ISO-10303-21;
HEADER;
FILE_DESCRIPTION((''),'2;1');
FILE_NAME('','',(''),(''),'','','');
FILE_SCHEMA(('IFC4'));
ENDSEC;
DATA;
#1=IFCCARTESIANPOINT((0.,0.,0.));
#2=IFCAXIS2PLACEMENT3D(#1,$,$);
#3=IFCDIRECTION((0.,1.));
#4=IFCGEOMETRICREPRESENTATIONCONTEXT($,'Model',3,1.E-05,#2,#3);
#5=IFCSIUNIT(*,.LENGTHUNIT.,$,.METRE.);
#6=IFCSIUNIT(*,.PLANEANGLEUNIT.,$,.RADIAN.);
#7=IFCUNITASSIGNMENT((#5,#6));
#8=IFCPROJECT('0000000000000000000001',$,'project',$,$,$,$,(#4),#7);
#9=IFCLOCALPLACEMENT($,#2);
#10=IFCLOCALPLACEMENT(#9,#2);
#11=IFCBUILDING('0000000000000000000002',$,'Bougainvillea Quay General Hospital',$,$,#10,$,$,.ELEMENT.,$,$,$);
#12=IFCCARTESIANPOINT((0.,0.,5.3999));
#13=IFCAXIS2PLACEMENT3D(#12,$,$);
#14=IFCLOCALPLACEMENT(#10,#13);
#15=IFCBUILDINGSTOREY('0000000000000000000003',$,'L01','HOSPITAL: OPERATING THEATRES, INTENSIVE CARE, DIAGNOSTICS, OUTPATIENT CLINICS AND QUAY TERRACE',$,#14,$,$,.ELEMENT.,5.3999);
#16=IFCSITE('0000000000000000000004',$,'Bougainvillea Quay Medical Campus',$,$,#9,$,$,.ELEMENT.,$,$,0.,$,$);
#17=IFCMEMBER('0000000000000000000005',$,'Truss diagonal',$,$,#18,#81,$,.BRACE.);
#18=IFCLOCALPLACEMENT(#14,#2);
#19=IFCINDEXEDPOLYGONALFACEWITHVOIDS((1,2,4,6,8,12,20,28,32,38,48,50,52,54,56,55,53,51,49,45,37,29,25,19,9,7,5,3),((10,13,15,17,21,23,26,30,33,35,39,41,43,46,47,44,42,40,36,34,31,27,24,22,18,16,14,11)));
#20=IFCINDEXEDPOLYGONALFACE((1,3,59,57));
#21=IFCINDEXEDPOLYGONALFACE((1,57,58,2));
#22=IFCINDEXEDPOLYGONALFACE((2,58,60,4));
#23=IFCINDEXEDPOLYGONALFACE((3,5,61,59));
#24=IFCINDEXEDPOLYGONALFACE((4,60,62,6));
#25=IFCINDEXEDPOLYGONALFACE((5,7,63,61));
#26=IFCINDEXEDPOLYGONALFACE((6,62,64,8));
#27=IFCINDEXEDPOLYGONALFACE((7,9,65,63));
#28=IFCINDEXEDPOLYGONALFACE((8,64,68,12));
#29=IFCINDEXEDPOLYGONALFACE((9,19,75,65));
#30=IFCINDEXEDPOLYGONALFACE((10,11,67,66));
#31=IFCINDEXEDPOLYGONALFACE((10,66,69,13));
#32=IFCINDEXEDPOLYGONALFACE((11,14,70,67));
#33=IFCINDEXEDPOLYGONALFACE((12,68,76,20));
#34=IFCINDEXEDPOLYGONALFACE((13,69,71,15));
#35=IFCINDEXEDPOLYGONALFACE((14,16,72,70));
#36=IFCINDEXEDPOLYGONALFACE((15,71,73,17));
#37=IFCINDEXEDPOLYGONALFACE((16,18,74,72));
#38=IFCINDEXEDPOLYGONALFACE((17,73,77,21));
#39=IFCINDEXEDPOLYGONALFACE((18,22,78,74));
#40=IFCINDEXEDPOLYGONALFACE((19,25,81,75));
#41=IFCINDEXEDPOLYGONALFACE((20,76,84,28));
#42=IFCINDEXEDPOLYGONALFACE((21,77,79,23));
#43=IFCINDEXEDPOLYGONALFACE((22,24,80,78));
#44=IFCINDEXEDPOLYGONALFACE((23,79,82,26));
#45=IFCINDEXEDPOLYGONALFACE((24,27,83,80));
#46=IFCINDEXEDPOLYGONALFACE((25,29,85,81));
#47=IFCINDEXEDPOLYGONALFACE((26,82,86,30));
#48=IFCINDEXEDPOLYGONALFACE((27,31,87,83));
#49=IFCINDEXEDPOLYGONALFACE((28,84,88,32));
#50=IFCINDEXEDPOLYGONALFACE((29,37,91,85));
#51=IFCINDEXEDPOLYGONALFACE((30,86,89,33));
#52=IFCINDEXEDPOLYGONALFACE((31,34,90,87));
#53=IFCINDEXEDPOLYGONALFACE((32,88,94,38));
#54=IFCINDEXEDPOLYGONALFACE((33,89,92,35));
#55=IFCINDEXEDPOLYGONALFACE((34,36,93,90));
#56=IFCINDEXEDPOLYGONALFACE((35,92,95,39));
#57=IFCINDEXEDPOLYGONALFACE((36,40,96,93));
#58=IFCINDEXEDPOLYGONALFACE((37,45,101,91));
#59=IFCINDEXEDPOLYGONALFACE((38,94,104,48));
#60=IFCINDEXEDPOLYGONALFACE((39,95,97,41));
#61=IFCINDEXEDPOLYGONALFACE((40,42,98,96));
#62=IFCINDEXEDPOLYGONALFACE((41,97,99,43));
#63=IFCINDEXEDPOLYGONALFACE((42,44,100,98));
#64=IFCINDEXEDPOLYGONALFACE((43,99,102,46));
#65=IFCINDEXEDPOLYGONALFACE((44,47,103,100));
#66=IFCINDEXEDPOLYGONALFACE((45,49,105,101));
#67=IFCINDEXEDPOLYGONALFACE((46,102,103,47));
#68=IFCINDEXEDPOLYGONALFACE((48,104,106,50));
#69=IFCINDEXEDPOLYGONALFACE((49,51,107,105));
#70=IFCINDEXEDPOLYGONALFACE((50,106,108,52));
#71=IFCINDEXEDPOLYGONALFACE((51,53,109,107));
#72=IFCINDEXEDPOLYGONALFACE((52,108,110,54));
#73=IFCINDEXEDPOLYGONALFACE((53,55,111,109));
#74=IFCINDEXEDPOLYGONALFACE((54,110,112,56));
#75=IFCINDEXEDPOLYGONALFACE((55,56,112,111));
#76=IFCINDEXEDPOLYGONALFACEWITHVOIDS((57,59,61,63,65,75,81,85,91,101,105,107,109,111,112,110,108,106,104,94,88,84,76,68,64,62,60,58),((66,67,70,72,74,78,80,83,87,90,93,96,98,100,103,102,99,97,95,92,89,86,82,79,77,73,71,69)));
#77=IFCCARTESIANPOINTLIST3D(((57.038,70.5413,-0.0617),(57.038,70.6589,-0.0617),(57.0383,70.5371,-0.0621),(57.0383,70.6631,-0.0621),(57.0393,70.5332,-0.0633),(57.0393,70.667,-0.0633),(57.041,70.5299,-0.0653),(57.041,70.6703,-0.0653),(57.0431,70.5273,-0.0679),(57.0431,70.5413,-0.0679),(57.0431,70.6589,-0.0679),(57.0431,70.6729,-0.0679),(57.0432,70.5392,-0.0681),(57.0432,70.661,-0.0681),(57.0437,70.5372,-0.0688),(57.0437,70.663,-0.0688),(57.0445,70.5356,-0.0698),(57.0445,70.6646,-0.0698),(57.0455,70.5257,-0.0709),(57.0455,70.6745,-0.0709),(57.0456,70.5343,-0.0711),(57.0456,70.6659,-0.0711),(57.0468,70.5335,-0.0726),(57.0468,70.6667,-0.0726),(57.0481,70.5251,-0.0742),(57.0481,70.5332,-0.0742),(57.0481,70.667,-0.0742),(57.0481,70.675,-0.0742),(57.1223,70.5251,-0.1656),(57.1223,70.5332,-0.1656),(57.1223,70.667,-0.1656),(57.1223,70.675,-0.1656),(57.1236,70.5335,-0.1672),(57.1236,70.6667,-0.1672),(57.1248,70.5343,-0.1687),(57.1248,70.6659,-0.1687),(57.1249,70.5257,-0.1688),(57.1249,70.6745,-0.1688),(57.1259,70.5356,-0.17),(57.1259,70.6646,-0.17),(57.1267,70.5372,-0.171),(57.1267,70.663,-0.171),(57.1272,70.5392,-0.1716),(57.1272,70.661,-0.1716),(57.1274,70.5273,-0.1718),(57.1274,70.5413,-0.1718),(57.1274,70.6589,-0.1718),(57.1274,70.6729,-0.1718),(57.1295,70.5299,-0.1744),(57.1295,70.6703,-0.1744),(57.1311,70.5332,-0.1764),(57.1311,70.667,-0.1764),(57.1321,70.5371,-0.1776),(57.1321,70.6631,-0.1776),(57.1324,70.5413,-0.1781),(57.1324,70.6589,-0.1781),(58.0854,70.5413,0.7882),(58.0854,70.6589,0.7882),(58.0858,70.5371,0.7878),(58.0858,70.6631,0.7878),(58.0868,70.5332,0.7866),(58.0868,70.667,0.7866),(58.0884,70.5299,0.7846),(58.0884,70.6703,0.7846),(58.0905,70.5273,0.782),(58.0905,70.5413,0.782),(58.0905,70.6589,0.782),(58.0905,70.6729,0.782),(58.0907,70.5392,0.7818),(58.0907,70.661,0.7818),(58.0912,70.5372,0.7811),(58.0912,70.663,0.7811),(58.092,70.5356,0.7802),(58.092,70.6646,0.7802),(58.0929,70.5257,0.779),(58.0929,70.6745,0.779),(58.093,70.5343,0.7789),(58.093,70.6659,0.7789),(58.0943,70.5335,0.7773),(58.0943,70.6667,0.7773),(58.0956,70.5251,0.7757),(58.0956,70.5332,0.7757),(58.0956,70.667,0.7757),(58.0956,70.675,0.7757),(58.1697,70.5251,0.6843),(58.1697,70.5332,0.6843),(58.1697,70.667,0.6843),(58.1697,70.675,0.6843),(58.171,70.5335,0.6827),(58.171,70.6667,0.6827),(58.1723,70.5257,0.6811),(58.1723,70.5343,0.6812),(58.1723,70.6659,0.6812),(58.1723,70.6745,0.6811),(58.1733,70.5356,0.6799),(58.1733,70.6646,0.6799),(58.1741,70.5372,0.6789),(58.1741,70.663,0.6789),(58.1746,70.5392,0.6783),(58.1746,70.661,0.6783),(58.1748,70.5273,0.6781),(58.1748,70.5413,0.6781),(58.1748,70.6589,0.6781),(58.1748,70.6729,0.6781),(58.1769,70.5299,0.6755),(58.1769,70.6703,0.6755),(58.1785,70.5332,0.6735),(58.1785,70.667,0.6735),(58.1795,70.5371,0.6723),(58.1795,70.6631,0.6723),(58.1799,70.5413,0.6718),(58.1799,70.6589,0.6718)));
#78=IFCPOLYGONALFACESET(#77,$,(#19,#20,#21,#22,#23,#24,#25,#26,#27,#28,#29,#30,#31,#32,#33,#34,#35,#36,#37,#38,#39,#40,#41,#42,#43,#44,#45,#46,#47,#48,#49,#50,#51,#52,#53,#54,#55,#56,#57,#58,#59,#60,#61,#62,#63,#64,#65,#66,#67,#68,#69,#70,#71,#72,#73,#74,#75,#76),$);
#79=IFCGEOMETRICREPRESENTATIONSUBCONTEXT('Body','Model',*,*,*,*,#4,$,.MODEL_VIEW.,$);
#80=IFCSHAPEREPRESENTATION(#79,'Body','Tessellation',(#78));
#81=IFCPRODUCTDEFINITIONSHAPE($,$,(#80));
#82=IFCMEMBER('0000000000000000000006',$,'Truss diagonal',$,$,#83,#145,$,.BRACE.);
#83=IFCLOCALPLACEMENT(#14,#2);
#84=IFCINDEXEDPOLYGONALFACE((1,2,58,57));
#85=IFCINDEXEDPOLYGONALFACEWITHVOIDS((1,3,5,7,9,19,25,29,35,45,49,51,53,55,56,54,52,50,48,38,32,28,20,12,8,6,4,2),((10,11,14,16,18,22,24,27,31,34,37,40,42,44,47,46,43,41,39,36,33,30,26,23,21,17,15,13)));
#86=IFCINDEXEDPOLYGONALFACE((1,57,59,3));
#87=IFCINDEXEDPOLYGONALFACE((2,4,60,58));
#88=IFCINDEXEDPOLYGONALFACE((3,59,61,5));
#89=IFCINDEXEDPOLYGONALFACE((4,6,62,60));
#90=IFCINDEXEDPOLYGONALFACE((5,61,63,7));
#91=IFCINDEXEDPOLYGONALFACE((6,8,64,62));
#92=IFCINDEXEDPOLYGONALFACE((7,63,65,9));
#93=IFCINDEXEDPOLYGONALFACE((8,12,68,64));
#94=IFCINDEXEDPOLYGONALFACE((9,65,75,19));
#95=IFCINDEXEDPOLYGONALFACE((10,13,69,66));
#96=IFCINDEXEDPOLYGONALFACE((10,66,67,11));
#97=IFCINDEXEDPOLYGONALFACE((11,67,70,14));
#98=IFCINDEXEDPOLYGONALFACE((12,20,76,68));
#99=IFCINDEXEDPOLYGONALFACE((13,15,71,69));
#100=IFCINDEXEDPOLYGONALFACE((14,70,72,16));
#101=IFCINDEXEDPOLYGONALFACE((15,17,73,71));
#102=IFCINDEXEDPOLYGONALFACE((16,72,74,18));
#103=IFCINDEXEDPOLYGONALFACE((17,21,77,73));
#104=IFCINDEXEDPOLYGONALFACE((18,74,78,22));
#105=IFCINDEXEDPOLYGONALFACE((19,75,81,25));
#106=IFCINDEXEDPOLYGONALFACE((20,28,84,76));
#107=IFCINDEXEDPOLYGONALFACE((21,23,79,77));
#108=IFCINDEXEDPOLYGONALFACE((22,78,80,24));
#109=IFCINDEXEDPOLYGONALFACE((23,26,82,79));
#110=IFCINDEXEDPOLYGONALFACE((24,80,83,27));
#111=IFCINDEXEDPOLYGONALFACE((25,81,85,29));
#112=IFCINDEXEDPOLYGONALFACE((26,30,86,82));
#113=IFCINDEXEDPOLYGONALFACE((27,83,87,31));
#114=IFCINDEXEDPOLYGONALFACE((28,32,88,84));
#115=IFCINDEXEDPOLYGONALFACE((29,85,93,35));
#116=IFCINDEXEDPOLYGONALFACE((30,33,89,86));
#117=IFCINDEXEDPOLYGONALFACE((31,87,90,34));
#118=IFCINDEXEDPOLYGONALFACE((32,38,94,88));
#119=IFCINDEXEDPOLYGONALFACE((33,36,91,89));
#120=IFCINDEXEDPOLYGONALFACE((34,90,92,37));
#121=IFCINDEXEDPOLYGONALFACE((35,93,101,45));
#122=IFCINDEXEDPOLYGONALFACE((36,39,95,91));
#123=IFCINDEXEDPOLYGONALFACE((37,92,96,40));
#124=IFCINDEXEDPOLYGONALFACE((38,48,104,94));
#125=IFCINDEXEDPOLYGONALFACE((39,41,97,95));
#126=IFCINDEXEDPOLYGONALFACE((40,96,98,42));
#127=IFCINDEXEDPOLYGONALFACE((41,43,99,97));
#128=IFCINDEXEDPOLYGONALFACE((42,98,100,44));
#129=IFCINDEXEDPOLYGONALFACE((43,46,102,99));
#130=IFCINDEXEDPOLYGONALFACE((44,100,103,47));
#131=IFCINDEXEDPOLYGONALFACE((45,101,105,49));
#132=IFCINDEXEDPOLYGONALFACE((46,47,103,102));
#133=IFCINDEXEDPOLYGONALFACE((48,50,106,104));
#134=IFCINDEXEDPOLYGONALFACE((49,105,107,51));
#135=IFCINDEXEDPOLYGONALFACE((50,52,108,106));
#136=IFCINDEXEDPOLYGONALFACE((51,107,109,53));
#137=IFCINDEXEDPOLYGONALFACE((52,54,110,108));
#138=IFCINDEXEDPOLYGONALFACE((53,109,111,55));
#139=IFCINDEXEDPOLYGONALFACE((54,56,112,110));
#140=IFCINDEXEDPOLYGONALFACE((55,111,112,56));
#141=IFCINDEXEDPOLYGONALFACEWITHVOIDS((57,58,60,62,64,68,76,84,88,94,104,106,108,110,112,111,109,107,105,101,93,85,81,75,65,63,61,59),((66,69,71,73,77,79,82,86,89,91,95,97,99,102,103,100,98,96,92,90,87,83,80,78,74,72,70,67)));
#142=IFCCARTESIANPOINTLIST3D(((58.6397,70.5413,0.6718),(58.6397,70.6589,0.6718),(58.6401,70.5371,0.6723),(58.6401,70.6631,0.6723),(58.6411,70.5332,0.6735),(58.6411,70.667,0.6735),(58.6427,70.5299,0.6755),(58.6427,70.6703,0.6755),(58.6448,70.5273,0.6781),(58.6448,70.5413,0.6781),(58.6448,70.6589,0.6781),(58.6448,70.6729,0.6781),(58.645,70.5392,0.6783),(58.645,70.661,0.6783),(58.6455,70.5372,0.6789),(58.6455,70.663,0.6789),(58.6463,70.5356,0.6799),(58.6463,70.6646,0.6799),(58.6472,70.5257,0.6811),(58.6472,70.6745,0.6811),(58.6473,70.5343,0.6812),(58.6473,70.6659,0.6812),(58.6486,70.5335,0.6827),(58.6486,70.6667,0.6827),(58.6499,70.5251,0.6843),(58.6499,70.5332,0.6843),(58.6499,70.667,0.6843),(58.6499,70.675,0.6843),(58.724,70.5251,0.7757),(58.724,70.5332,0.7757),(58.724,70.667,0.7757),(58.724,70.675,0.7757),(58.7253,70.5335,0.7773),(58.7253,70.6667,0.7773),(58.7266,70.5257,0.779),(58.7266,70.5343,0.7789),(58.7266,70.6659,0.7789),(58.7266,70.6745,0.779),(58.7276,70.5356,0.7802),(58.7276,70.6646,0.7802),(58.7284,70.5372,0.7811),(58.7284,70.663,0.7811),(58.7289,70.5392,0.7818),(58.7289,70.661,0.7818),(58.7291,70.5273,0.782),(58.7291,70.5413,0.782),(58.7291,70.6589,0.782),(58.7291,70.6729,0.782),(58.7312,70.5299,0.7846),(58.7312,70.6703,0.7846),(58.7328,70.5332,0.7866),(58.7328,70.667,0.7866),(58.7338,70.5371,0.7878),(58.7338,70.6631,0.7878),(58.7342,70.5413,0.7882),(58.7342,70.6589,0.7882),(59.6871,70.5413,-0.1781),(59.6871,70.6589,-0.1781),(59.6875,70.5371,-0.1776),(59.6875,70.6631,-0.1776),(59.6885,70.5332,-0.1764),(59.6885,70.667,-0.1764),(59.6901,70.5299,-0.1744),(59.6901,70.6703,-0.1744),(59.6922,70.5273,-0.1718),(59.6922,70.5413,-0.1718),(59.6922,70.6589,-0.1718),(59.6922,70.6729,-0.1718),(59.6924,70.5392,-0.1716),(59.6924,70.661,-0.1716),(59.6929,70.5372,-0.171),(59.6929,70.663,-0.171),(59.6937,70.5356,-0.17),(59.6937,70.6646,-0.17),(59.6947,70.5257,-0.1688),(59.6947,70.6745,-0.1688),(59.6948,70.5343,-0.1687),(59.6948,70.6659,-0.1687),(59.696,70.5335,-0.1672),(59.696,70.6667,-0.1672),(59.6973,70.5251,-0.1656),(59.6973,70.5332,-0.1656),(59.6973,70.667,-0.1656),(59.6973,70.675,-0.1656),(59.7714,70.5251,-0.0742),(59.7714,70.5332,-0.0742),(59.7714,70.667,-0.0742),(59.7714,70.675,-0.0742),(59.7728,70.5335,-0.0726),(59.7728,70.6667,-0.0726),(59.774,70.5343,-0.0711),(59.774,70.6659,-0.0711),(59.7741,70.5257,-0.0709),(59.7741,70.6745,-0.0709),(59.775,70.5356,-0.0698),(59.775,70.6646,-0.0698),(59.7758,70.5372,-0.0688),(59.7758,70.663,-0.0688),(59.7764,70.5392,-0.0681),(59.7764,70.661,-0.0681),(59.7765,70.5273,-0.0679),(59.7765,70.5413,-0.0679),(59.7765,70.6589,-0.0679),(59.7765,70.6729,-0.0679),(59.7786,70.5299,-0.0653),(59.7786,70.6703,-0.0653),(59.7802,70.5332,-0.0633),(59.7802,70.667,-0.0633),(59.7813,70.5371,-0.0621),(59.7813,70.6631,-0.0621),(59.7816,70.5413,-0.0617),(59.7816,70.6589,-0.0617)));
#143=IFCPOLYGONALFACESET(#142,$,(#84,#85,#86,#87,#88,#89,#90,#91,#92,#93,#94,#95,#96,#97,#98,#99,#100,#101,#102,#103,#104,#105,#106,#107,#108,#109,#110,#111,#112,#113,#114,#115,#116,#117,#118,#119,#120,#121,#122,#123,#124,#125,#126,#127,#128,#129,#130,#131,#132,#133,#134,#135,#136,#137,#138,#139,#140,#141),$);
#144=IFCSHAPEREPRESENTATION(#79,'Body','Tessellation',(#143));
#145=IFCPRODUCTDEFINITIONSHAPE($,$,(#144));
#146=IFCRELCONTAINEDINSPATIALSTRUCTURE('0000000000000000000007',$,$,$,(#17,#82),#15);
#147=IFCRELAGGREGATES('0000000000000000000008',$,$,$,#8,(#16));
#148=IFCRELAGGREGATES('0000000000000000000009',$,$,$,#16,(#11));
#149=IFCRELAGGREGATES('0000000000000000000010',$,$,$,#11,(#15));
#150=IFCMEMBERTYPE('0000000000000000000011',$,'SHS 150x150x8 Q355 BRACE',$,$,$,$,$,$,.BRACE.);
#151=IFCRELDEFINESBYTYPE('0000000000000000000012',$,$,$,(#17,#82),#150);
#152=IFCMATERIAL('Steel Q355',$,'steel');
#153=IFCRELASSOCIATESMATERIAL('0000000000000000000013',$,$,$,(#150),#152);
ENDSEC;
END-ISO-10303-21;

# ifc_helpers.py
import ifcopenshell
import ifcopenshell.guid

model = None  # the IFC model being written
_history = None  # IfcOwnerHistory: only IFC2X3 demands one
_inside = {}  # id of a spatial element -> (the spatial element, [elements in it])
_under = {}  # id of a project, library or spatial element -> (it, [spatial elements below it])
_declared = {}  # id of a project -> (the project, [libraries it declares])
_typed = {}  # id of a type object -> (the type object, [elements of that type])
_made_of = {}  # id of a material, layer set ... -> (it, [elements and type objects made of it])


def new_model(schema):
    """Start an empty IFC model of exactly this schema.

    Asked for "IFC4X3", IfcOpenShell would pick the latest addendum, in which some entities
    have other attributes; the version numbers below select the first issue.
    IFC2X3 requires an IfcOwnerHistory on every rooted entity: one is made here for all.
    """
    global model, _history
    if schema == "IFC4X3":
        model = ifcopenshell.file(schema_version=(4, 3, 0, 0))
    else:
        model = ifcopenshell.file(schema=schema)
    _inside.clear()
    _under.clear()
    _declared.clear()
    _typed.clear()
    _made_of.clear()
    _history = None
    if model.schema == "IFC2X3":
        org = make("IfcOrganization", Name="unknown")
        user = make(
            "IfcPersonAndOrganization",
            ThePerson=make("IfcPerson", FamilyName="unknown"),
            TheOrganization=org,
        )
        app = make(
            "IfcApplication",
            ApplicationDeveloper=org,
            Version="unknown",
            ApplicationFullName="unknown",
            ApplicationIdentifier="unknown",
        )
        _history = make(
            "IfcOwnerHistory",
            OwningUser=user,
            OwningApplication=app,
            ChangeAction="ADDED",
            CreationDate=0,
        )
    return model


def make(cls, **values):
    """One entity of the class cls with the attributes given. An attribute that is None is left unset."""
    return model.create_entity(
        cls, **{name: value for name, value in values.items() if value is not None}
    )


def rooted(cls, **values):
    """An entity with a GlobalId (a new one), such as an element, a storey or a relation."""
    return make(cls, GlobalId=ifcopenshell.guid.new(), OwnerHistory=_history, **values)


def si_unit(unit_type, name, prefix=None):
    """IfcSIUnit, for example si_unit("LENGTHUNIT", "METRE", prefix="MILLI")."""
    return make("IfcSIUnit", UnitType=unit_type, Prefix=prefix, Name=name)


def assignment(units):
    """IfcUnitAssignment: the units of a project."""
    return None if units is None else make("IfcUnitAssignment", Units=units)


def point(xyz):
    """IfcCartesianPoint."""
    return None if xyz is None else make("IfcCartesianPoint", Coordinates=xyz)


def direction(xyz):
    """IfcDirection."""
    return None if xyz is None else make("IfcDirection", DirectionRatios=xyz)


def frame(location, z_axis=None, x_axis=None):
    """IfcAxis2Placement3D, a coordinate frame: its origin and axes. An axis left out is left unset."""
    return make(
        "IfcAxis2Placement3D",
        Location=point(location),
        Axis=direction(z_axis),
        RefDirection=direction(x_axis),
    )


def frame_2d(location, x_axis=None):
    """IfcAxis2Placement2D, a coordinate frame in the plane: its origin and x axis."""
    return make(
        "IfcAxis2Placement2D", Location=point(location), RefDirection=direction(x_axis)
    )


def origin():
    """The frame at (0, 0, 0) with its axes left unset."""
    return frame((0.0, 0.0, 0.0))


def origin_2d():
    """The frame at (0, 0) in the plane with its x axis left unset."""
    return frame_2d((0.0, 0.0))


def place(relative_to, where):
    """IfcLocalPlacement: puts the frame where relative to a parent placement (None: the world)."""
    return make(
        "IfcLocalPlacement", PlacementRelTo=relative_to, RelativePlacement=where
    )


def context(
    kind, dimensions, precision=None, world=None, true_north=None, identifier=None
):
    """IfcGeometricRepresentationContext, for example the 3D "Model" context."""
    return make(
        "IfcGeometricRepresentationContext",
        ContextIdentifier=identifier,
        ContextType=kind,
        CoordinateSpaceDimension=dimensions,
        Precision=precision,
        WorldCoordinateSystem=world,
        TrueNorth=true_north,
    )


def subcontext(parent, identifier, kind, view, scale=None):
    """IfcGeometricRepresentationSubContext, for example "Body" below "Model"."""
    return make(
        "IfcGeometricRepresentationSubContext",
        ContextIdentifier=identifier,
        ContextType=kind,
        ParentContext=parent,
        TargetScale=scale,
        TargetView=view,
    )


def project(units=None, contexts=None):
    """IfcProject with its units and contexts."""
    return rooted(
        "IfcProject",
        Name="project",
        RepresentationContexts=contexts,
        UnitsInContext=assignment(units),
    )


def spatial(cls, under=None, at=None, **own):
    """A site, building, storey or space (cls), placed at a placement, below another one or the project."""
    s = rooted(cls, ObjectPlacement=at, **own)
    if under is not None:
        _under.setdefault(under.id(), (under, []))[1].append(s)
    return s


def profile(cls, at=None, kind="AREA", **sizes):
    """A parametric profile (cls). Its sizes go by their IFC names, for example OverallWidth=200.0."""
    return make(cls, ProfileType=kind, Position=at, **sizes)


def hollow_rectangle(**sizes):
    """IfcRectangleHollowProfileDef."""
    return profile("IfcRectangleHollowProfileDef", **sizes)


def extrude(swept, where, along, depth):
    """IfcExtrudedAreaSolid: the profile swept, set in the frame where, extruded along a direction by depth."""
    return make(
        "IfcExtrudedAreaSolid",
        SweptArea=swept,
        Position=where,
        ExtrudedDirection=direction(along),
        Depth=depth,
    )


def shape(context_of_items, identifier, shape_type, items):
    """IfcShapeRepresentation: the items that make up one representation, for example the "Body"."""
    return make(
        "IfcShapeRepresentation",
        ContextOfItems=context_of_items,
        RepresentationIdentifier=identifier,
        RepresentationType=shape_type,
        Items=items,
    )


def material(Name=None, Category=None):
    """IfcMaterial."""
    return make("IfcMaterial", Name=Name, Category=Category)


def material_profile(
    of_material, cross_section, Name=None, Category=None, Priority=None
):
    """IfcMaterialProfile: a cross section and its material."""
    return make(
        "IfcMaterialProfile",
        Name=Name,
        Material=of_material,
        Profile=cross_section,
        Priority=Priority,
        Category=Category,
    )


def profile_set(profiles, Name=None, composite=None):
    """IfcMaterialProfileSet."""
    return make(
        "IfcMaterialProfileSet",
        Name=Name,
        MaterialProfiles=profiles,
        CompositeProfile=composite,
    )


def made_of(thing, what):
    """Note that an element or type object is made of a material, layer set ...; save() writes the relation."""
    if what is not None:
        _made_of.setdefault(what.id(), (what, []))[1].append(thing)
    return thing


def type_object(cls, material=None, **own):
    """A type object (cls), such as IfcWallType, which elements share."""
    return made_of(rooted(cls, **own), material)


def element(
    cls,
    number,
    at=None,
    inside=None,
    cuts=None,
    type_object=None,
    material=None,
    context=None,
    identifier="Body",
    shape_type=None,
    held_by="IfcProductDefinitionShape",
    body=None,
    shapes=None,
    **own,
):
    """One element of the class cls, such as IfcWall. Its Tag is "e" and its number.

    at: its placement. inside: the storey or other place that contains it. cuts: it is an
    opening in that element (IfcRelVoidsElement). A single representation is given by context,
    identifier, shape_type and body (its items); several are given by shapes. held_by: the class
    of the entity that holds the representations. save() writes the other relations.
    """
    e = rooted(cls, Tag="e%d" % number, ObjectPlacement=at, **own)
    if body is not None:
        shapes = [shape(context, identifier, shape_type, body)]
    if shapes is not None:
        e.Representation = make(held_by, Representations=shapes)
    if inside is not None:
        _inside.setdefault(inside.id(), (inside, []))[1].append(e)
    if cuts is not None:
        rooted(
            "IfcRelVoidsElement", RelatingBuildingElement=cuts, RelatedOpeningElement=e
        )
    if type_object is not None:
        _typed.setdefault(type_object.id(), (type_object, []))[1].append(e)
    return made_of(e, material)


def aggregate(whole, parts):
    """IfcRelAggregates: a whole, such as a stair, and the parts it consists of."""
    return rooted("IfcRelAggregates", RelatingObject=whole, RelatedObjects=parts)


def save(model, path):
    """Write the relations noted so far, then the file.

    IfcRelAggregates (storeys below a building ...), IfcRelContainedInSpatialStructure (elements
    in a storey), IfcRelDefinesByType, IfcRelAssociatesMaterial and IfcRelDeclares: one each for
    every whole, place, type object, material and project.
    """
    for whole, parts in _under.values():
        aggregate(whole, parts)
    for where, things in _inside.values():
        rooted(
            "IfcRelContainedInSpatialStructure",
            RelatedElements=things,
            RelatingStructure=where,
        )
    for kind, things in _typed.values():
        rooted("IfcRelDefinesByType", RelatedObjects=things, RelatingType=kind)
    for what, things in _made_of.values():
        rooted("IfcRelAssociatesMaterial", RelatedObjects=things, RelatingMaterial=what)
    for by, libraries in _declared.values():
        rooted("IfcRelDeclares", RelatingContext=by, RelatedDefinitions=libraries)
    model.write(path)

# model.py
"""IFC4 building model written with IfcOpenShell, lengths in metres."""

from ifc_helpers import new_model, si_unit, direction, frame, origin, origin_2d, place, context, subcontext, project, spatial, hollow_rectangle, extrude, material, material_profile, profile_set, type_object, element, save


model = new_model("IFC4")

# Units and contexts
model_context = context("Model", 3, precision=1e-05, world=origin(), true_north=direction((0.0, 1.0)))
body_context = subcontext(model_context, "Body", "Model", "MODEL_VIEW")
ifc_project = project(units=[si_unit("LENGTHUNIT", "METRE"), si_unit("PLANEANGLEUNIT", "RADIAN")], contexts=[model_context])

# Site, building, storey
site_placement = place(None, origin())
site = spatial("IfcSite", under=ifc_project, at=site_placement, Name="Bougainvillea Quay Medical Campus", CompositionType="ELEMENT", RefElevation=0.0)
building_placement = place(site_placement, origin())
building = spatial("IfcBuilding", under=site, at=building_placement, Name="Bougainvillea Quay General Hospital", CompositionType="ELEMENT")
storey_placement = place(building_placement, frame((0.0, 0.0, 5.3999)))
storey = spatial("IfcBuildingStorey", under=building, at=storey_placement, Name="L01", Description="HOSPITAL: OPERATING THEATRES, INTENSIVE CARE, DIAGNOSTICS, OUTPATIENT CLINICS AND QUAY TERRACE", CompositionType="ELEMENT", Elevation=5.3999)

# Members
ifc_material_1 = material(Name="Steel Q355", Category="steel")
ifc_material_profile_1 = material_profile(ifc_material_1, hollow_rectangle(XDim=0.1499, YDim=0.1499, WallThickness=0.0081, InnerFilletRadius=0.0081, OuterFilletRadius=0.0161, at=origin_2d()))
ifc_profile_set_1 = profile_set([ifc_material_profile_1], Name="Steel Q355")
member_type_1 = type_object("IfcMemberType", Name="SHS 150x150x8 Q355 BRACE", PredefinedType="BRACE", material=ifc_profile_set_1)
for number, where, z_axis, x_axis, name in (
    (1, (57.0852, 70.6001, -0.1199), (0.776524, 0.0, 0.630088), (0.0, 1.0, 0.0), "Truss diagonal"),
    (2, (59.7344, 70.6001, -0.1199), (-0.776524, 0.0, 0.630088), (0.0, -1.0, 0.0), "Truss diagonal"),
):
    element("IfcMember", number, at=place(storey_placement, frame(where, z_axis=z_axis, x_axis=x_axis)), inside=storey, type_object=member_type_1, Name=name, PredefinedType="BRACE", context=body_context, shape_type="SweptSolid", body=[
        extrude(hollow_rectangle(XDim=0.1499, YDim=0.1499, WallThickness=0.0081, InnerFilletRadius=0.0081, OuterFilletRadius=0.0161, at=origin_2d()), origin(), (0.0, 0.0, 1.0), 1.3489),
    ])

save(model, "model.ifc")
